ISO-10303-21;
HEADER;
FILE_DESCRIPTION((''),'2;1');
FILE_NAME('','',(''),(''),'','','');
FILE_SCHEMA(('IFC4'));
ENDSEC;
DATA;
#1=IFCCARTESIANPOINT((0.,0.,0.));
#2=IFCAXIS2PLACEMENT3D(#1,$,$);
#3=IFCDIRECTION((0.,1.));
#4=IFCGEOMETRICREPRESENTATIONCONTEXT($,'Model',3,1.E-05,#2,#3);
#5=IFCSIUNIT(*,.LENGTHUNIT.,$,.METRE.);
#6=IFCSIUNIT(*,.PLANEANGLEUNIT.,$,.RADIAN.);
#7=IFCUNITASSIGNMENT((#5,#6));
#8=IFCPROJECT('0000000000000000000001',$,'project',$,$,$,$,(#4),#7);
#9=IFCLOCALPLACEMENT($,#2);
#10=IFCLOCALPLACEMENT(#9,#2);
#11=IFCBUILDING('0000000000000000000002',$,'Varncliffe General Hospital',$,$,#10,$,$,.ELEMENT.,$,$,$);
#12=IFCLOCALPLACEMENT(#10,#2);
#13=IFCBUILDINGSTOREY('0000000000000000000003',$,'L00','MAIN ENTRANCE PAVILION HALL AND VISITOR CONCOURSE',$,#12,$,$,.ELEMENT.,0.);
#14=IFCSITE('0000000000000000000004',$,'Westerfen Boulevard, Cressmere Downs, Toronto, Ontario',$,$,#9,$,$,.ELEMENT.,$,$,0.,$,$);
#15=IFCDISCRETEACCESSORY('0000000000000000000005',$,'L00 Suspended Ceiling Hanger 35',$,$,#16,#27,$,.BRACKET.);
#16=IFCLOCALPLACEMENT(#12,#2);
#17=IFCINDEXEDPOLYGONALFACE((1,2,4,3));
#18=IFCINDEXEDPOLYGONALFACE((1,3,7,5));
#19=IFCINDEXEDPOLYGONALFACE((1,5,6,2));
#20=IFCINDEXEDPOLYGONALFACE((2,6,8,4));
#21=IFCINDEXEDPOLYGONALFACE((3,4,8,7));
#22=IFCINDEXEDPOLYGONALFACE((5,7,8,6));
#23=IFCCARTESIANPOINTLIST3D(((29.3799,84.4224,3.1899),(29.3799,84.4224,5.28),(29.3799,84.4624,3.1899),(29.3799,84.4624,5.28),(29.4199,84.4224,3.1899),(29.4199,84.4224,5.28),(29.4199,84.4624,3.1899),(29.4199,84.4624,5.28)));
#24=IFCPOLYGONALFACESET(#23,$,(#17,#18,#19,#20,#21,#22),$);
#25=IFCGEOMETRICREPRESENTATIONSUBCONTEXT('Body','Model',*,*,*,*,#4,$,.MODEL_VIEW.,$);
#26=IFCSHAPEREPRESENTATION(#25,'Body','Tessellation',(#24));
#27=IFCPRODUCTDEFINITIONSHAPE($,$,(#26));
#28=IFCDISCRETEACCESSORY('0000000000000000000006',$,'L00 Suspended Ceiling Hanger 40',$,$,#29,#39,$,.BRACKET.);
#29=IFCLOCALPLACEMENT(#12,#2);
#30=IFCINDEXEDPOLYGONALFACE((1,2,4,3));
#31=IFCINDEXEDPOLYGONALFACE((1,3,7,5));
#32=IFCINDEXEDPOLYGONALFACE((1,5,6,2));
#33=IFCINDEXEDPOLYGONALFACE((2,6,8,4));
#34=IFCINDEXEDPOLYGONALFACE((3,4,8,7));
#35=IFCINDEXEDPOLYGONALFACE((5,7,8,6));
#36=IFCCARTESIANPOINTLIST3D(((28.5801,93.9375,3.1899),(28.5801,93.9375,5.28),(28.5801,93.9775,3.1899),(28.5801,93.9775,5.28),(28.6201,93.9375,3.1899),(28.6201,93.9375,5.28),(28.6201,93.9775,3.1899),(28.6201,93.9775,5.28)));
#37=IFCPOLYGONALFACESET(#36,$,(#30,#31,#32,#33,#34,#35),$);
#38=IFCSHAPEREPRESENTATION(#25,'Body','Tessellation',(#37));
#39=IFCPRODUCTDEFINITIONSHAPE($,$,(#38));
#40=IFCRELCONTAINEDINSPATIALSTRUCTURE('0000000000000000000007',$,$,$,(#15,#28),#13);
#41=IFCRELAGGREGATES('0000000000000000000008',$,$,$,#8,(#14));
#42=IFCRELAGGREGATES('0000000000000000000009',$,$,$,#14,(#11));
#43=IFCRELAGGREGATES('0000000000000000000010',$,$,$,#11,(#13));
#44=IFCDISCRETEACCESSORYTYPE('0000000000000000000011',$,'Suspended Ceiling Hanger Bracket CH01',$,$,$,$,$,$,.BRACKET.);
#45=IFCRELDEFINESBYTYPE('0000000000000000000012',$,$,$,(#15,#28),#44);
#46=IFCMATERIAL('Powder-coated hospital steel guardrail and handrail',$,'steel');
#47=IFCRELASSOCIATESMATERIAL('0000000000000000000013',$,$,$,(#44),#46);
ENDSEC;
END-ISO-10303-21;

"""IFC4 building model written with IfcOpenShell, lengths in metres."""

from ifc_helpers import new_model, si_unit, direction, frame, origin, origin_2d, place, context, subcontext, project, spatial, rectangle, extrude, material, type_object, element, save


model = new_model("IFC4")

# Units and contexts
model_context = context("Model", 3, precision=1e-05, world=origin(), true_north=direction((0.0, 1.0)))
body_context = subcontext(model_context, "Body", "Model", "MODEL_VIEW")
ifc_project = project(units=[si_unit("LENGTHUNIT", "METRE"), si_unit("PLANEANGLEUNIT", "RADIAN")], contexts=[model_context])

# Site, building, storey
site_placement = place(None, origin())
site = spatial("IfcSite", under=ifc_project, at=site_placement, Name="Westerfen Boulevard, Cressmere Downs, Toronto, Ontario", CompositionType="ELEMENT", RefElevation=0.0)
building_placement = place(site_placement, origin())
building = spatial("IfcBuilding", under=site, at=building_placement, Name="Varncliffe General Hospital", CompositionType="ELEMENT")
storey_placement = place(building_placement, origin())
storey = spatial("IfcBuildingStorey", under=building, at=storey_placement, Name="L00", Description="MAIN ENTRANCE PAVILION HALL AND VISITOR CONCOURSE", CompositionType="ELEMENT", Elevation=0.0)

# Discrete accessories
ifc_material_1 = material(Name="Powder-coated hospital steel guardrail and handrail", Category="steel")
discrete_accessory_type = type_object("IfcDiscreteAccessoryType", Name="Suspended Ceiling Hanger Bracket CH01", PredefinedType="BRACKET", material=ifc_material_1)
for number, where, z_axis, x_axis, name in (
    (1, (29.3999, 84.4424, 3.1899), (0.0, 0.0, 1.0), (1.0, 0.0, 0.0), "L00 Suspended Ceiling Hanger 35"),
    (2, (28.6001, 93.9575, 3.1899), (0.0, 0.0, 1.0), (1.0, 0.0, 0.0), "L00 Suspended Ceiling Hanger 40"),
):
    element("IfcDiscreteAccessory", number, at=place(storey_placement, frame(where, z_axis=z_axis, x_axis=x_axis)), inside=storey, type_object=discrete_accessory_type, Name=name, PredefinedType="BRACKET", context=body_context, shape_type="SweptSolid", body=[
        extrude(rectangle(XDim=0.04, YDim=0.04, at=origin_2d()), origin(), (0.0, 0.0, 1.0), 2.0901),
    ])

save(model, "model.ifc")
